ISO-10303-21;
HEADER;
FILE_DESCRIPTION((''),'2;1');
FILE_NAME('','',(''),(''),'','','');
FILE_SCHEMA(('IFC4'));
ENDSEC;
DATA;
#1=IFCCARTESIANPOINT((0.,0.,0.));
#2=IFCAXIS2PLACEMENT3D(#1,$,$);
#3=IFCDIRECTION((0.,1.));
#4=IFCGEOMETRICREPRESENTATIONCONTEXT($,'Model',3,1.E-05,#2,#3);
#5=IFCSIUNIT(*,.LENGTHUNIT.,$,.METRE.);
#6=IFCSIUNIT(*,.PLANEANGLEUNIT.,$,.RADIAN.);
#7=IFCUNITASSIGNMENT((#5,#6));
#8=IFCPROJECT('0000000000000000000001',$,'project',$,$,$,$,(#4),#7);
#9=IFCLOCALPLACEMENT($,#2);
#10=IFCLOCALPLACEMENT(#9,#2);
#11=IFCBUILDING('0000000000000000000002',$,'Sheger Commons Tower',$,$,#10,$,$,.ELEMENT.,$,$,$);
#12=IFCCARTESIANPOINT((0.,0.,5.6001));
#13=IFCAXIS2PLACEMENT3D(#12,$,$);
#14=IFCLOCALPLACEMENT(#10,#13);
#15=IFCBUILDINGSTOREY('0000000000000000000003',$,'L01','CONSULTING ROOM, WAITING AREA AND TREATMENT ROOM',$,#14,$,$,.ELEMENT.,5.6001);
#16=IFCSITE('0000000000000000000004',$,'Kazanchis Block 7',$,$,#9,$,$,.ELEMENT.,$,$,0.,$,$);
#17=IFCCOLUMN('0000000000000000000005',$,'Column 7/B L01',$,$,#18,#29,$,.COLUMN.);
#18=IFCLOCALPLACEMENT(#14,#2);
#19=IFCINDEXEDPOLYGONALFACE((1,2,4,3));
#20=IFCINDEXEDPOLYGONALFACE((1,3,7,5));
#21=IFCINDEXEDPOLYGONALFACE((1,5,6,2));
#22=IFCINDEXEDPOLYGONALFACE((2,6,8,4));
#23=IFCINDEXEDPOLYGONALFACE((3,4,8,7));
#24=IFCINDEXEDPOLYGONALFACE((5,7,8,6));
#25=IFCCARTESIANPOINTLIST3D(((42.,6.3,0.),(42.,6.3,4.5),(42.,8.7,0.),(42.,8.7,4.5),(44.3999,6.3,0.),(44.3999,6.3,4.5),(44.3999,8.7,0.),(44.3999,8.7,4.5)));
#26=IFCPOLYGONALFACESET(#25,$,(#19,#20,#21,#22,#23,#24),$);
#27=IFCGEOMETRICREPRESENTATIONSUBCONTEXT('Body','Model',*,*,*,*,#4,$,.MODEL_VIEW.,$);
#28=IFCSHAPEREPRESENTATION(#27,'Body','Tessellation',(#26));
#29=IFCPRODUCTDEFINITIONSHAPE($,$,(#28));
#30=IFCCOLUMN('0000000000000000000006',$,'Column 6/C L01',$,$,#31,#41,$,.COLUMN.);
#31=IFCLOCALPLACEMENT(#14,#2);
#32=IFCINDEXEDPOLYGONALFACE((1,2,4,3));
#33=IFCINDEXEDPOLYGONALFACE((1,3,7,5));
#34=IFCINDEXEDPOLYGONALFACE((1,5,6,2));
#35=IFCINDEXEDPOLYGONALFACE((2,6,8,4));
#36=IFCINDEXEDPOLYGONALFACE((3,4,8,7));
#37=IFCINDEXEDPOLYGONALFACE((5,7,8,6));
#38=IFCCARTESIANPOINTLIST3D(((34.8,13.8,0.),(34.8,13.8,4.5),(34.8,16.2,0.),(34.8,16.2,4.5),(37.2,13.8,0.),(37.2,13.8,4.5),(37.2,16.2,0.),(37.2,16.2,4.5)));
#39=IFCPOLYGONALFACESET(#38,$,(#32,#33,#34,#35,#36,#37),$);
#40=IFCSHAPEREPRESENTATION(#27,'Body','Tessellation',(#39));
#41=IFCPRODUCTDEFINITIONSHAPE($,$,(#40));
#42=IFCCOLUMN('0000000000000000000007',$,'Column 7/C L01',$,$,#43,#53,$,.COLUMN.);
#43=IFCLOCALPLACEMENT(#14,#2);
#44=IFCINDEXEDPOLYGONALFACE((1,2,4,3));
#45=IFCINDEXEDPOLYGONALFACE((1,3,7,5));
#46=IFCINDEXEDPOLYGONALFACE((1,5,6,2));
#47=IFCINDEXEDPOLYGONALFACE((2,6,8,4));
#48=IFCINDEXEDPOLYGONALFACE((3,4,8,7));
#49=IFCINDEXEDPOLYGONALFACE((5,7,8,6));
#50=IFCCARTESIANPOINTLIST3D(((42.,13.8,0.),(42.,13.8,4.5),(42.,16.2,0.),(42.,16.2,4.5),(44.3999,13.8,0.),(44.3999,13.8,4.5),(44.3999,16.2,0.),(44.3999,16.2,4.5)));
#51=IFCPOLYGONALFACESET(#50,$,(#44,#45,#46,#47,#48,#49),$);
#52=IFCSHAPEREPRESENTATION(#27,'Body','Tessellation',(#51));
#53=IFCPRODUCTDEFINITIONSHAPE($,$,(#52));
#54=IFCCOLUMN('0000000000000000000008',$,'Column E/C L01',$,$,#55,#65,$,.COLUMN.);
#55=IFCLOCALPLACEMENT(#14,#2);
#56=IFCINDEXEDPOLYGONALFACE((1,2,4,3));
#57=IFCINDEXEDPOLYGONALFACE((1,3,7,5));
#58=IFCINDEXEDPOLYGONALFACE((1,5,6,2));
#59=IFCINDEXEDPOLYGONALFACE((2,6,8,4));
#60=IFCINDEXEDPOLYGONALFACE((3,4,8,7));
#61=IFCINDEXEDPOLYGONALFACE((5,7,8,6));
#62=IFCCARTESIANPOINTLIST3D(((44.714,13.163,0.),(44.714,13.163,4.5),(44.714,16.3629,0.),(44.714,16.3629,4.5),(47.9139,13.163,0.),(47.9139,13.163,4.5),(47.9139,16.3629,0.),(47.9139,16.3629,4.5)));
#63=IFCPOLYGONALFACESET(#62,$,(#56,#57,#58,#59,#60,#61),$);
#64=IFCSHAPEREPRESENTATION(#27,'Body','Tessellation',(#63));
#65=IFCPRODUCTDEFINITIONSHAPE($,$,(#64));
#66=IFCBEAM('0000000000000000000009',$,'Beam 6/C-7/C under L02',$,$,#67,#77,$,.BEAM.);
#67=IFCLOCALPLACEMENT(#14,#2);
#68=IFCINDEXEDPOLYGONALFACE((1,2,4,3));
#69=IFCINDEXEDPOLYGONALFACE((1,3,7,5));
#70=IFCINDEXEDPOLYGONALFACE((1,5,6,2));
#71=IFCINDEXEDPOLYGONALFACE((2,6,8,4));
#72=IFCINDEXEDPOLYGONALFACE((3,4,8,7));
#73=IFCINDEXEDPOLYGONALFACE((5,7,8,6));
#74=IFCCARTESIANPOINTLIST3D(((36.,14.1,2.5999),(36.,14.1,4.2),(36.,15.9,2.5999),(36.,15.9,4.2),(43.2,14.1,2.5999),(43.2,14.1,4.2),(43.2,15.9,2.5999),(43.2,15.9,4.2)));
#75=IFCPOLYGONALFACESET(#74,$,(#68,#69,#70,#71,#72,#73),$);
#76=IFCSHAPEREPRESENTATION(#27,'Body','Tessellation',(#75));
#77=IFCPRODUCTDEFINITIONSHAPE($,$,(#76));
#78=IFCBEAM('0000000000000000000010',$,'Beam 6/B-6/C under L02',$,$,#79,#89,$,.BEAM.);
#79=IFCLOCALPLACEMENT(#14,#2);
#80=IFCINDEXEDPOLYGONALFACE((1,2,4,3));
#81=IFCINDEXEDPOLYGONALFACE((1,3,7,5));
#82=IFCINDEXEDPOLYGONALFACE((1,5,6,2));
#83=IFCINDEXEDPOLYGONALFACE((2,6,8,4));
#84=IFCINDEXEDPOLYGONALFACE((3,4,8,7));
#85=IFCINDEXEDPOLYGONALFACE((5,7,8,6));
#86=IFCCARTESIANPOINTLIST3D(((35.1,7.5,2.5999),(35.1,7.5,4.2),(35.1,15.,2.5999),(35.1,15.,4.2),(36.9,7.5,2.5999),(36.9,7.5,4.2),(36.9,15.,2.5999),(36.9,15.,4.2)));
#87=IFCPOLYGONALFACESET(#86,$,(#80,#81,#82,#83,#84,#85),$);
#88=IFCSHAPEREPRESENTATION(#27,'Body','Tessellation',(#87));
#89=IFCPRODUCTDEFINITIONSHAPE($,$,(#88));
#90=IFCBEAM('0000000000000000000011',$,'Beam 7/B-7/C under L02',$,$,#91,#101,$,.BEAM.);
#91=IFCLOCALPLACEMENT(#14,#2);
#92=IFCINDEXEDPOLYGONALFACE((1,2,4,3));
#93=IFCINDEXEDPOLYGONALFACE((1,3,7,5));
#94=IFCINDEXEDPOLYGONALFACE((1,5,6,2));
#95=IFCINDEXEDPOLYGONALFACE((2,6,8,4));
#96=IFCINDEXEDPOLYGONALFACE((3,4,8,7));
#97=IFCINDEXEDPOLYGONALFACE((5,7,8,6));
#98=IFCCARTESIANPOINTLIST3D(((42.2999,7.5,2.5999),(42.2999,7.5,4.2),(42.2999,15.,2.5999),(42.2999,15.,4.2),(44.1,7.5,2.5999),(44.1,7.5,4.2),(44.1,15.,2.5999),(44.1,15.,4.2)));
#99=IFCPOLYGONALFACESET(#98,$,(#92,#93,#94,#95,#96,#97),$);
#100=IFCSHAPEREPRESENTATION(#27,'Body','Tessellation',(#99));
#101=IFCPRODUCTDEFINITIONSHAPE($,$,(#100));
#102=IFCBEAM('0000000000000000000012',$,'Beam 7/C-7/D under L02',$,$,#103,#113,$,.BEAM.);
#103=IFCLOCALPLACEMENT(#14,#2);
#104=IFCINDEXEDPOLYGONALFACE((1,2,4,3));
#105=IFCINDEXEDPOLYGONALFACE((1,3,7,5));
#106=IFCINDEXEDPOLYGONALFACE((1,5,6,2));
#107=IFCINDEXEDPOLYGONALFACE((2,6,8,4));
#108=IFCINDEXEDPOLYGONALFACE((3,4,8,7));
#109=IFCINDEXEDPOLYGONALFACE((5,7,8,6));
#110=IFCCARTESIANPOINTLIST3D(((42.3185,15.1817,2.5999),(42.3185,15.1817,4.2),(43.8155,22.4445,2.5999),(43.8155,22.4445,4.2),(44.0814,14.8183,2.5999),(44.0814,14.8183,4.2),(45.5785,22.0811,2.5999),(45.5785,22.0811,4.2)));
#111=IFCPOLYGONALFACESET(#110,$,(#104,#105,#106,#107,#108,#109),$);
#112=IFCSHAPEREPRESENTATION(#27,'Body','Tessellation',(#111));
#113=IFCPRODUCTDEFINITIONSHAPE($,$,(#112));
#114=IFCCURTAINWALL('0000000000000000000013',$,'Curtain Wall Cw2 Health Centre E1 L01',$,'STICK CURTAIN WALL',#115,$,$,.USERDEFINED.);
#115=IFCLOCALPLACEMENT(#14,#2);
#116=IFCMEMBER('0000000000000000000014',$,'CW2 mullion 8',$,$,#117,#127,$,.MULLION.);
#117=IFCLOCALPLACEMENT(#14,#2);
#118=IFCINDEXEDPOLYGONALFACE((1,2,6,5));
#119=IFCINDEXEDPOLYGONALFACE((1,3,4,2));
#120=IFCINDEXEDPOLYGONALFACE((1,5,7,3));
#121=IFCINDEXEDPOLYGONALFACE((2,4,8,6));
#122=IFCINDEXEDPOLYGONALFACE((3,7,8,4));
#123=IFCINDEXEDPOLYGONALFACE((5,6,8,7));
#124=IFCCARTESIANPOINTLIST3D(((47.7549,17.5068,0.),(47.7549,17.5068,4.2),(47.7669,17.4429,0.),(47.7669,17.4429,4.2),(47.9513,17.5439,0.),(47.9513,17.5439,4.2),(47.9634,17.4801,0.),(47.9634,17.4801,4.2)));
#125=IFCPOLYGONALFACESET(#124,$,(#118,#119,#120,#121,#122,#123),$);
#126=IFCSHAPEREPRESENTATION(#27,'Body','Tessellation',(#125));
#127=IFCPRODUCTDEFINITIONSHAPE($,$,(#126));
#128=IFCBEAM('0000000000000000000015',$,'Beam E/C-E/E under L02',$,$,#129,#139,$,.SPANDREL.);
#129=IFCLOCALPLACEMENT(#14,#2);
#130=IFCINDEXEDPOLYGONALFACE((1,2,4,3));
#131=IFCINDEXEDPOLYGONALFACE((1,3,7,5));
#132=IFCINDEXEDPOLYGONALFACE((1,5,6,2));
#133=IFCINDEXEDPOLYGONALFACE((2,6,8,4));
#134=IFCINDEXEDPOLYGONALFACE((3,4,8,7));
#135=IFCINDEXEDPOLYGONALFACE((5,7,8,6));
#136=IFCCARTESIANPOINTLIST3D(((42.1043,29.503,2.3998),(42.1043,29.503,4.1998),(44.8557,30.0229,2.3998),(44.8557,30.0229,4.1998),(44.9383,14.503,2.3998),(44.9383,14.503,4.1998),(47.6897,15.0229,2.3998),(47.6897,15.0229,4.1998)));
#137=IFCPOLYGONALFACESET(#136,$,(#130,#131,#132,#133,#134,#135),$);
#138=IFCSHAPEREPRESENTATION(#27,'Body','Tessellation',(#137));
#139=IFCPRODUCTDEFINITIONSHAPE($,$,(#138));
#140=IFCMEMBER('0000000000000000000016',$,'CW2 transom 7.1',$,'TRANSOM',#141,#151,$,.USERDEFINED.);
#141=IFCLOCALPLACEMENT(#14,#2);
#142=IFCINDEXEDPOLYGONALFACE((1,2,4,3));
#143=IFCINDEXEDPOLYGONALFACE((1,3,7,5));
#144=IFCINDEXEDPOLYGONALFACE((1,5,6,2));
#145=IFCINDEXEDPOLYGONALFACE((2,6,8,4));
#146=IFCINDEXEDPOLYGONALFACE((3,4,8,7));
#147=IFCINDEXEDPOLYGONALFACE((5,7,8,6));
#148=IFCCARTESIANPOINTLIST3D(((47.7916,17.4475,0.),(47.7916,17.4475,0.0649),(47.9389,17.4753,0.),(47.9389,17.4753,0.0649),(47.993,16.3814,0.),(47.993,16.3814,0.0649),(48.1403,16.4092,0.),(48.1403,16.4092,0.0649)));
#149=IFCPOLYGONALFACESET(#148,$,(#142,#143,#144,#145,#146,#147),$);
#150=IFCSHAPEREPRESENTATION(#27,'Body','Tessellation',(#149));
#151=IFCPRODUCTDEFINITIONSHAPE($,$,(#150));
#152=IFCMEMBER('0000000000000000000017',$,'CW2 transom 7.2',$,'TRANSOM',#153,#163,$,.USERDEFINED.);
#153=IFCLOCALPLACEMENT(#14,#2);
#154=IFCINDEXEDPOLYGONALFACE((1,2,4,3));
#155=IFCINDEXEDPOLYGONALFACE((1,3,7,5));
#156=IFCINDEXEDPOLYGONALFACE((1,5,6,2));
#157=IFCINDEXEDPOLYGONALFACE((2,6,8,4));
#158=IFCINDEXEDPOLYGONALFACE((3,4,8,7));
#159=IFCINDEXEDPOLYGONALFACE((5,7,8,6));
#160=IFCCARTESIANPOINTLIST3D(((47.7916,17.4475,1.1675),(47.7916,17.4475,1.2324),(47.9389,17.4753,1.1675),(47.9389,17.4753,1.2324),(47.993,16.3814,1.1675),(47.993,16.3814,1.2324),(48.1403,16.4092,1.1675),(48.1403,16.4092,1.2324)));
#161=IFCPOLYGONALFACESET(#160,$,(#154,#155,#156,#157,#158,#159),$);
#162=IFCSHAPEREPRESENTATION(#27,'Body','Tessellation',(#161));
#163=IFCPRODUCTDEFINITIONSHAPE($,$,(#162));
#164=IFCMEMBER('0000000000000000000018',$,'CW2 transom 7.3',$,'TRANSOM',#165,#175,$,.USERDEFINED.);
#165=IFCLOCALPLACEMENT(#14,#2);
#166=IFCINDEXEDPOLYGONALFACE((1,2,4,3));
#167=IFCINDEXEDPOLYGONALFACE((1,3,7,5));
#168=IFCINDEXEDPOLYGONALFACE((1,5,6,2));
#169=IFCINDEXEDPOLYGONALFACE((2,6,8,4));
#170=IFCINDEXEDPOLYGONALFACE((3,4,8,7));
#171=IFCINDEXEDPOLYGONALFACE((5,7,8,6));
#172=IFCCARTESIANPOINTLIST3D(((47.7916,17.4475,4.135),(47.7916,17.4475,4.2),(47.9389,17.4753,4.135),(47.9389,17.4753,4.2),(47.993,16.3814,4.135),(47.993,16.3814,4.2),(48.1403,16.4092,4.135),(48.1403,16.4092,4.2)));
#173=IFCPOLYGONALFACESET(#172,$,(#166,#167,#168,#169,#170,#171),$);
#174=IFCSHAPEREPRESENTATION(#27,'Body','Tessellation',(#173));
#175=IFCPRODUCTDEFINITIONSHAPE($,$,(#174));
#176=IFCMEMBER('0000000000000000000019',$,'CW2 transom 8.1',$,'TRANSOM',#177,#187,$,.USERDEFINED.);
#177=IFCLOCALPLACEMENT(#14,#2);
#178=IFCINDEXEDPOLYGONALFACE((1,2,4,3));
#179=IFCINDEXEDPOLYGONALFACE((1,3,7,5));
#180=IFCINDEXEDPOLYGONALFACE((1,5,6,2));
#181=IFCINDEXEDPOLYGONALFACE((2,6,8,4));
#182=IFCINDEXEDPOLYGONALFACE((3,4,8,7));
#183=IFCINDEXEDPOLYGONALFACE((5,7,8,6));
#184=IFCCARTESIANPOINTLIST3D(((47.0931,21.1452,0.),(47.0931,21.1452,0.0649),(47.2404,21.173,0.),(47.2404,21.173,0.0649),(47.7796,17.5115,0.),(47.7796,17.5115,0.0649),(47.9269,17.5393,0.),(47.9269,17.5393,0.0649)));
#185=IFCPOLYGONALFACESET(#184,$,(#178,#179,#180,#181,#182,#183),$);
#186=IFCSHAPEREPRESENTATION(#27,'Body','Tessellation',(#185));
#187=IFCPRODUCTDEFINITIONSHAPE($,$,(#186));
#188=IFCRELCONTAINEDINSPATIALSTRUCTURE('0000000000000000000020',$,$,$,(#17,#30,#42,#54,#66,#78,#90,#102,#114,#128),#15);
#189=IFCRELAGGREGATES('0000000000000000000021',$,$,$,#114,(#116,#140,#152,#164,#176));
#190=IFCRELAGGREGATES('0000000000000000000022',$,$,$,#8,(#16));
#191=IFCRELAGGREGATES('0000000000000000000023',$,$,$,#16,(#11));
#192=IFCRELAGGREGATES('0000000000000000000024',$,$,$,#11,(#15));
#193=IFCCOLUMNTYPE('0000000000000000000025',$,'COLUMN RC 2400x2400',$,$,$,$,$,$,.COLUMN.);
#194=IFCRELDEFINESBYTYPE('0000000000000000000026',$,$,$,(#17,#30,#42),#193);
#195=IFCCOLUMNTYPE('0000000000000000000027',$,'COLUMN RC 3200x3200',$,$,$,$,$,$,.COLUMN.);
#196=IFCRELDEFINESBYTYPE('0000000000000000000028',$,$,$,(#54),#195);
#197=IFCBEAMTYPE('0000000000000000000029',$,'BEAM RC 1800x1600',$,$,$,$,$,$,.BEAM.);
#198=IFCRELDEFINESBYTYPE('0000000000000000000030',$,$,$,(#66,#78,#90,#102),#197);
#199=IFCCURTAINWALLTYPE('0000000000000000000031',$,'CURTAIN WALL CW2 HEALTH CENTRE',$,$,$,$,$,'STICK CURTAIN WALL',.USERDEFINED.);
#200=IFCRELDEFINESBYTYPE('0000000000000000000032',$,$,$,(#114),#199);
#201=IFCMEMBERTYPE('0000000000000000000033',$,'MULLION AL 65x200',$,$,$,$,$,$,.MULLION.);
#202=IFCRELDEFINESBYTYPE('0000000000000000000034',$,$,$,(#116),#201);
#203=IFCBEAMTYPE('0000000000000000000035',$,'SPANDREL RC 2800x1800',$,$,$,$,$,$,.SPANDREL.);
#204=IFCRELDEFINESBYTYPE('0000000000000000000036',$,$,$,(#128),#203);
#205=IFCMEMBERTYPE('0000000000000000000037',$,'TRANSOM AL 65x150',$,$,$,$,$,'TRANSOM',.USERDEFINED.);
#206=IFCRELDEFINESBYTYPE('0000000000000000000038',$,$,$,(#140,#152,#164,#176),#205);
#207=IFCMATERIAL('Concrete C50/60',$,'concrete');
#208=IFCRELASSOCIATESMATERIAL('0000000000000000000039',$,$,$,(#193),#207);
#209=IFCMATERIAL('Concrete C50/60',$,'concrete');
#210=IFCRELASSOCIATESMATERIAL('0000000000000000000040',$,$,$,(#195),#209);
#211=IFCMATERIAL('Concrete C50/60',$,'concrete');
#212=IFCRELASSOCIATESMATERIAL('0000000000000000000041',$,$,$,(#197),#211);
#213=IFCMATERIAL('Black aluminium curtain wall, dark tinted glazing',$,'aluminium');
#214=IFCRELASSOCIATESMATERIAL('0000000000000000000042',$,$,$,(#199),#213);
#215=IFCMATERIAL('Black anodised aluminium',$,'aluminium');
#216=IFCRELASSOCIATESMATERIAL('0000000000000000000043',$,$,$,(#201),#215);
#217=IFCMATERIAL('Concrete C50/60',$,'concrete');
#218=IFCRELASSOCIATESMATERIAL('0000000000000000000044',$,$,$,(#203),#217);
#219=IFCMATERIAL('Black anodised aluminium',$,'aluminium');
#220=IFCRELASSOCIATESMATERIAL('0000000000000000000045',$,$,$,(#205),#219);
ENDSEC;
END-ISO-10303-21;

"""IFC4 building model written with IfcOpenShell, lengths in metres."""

from ifc_helpers import new_model, si_unit, direction, frame, origin, origin_2d, place, context, subcontext, project, spatial, rectangle, extrude, material, material_profile, profile_set, type_object, element, aggregate, save


model = new_model("IFC4")

# Units and contexts
model_context = context("Model", 3, precision=1e-05, world=origin(), true_north=direction((0.0, 1.0)))
body_context = subcontext(model_context, "Body", "Model", "MODEL_VIEW")
ifc_project = project(units=[si_unit("LENGTHUNIT", "METRE"), si_unit("PLANEANGLEUNIT", "RADIAN")], contexts=[model_context])

# Site, building, storey
site_placement = place(None, origin())
site = spatial("IfcSite", under=ifc_project, at=site_placement, Name="Kazanchis Block 7", CompositionType="ELEMENT", RefElevation=0.0)
building_placement = place(site_placement, origin())
building = spatial("IfcBuilding", under=site, at=building_placement, Name="Sheger Commons Tower", CompositionType="ELEMENT")
storey_placement = place(building_placement, frame((0.0, 0.0, 5.6001)))
storey = spatial("IfcBuildingStorey", under=building, at=storey_placement, Name="L01", Description="CONSULTING ROOM, WAITING AREA AND TREATMENT ROOM", CompositionType="ELEMENT", Elevation=5.6001)

# Columns
ifc_material_1 = material(Name="Concrete C50/60", Category="concrete")
ifc_material_profile_1 = material_profile(ifc_material_1, rectangle(XDim=2.3999, YDim=2.3999, at=origin_2d()), Name="RC 2400x2400")
ifc_profile_set_1 = profile_set([ifc_material_profile_1], Name="Concrete C50/60")
column_type_1 = type_object("IfcColumnType", Name="COLUMN RC 2400x2400", PredefinedType="COLUMN", material=ifc_profile_set_1)
for number, where, z_axis, x_axis, name in (
    (1, (43.2, 7.5, 0.0), (0.0, 0.0, 1.0), (1.0, 0.0, 0.0), "Column 7/B L01"),
    (2, (36.0, 15.0, 0.0), (0.0, 0.0, 1.0), (1.0, 0.0, 0.0), "Column 6/C L01"),
    (3, (43.2, 15.0, 0.0), (0.0, 0.0, 1.0), (1.0, 0.0, 0.0), "Column 7/C L01"),
):
    element("IfcColumn", number, at=place(storey_placement, frame(where, z_axis=z_axis, x_axis=x_axis)), inside=storey, type_object=column_type_1, Name=name, PredefinedType="COLUMN", context=body_context, shape_type="SweptSolid", body=[
        extrude(rectangle(XDim=2.3999, YDim=2.3999, at=origin_2d()), origin(), (0.0, 0.0, 1.0), 4.5),
    ])
ifc_material_2 = material(Name="Concrete C50/60", Category="concrete")
ifc_material_profile_2 = material_profile(ifc_material_2, rectangle(XDim=3.2, YDim=3.2, at=origin_2d()), Name="RC 3200x3200")
ifc_profile_set_2 = profile_set([ifc_material_profile_2], Name="Concrete C50/60")
column_type_2 = type_object("IfcColumnType", Name="COLUMN RC 3200x3200", PredefinedType="COLUMN", material=ifc_profile_set_2)
column_placement = place(storey_placement, frame((46.314, 14.7629, 0.0), z_axis=(0.0, 0.0, 1.0), x_axis=(1.0, 0.0, 0.0)))
element("IfcColumn", 4, at=column_placement, inside=storey, type_object=column_type_2, Name="Column E/C L01", PredefinedType="COLUMN", context=body_context, shape_type="SweptSolid", body=[
    extrude(rectangle(XDim=3.2, YDim=3.2, at=origin_2d()), origin(), (0.0, 0.0, 1.0), 4.5),
])

# Beams
ifc_material_3 = material(Name="Concrete C50/60", Category="concrete")
ifc_material_profile_3 = material_profile(ifc_material_3, rectangle(XDim=1.8, YDim=1.6001, at=origin_2d()), Name="RC 1800x1600")
ifc_profile_set_3 = profile_set([ifc_material_profile_3], Name="Concrete C50/60")
beam_type_1 = type_object("IfcBeamType", Name="BEAM RC 1800x1600", PredefinedType="BEAM", material=ifc_profile_set_3)
beam_1_placement = place(storey_placement, frame((36.0, 15.0, 3.3999), z_axis=(1.0, 0.0, 0.0), x_axis=(0.0, 1.0, 0.0)))
element("IfcBeam", 5, at=beam_1_placement, inside=storey, type_object=beam_type_1, Name="Beam 6/C-7/C under L02", PredefinedType="BEAM", context=body_context, shape_type="SweptSolid", body=[
    extrude(rectangle(XDim=1.8, YDim=1.6001, at=origin_2d()), origin(), (0.0, 0.0, 1.0), 7.2),
])
for number, where, z_axis, x_axis, name in (
    (6, (36.0, 7.5, 3.3999), (0.0, 1.0, 0.0), (-1.0, 0.0, 0.0), "Beam 6/B-6/C under L02"),
    (7, (43.2, 7.5, 3.3999), (0.0, 1.0, 0.0), (-1.0, 0.0, 0.0), "Beam 7/B-7/C under L02"),
):
    element("IfcBeam", number, at=place(storey_placement, frame(where, z_axis=z_axis, x_axis=x_axis)), inside=storey, type_object=beam_type_1, Name=name, PredefinedType="BEAM", context=body_context, shape_type="SweptSolid", body=[
        extrude(rectangle(XDim=1.8, YDim=1.6001, at=origin_2d()), origin(), (0.0, 0.0, 1.0), 7.5),
    ])
beam_2_placement = place(storey_placement, frame((43.2, 15.0, 3.3999), z_axis=(0.201881, 0.97941, 0.0), x_axis=(-0.97941, 0.201881, 0.0)))
element("IfcBeam", 8, at=beam_2_placement, inside=storey, type_object=beam_type_1, Name="Beam 7/C-7/D under L02", PredefinedType="BEAM", context=body_context, shape_type="SweptSolid", body=[
    extrude(rectangle(XDim=1.8, YDim=1.6001, at=origin_2d()), origin(), (0.0, 0.0, 1.0), 7.4155),
])

# Curtain wall, member
ifc_material_4 = material(Name="Black aluminium curtain wall, dark tinted glazing", Category="aluminium")
curtain_wall_type = type_object("IfcCurtainWallType", Name="CURTAIN WALL CW2 HEALTH CENTRE", ElementType="STICK CURTAIN WALL", PredefinedType="USERDEFINED", material=ifc_material_4)
curtain_wall_placement = place(storey_placement, origin())
curtain_wall = element("IfcCurtainWall", 9, at=curtain_wall_placement, inside=storey, type_object=curtain_wall_type, Name="Curtain Wall Cw2 Health Centre E1 L01", ObjectType="STICK CURTAIN WALL", PredefinedType="USERDEFINED")
ifc_material_5 = material(Name="Black anodised aluminium", Category="aluminium")
ifc_material_profile_4 = material_profile(ifc_material_5, rectangle(XDim=0.2, YDim=0.0649, at=origin_2d()), Name="AL 65x200")
ifc_profile_set_4 = profile_set([ifc_material_profile_4], Name="Black anodised aluminium")
member_type_1 = type_object("IfcMemberType", Name="MULLION AL 65x200", PredefinedType="MULLION", material=ifc_profile_set_4)
member_1_placement = place(storey_placement, frame((47.8591, 17.4934, 0.0), z_axis=(0.0, 0.0, 1.0), x_axis=(-0.982624, -0.18561, 0.0)))
member_1 = element("IfcMember", 10, at=member_1_placement, type_object=member_type_1, Name="CW2 mullion 8", PredefinedType="MULLION", context=body_context, shape_type="SweptSolid", body=[
    extrude(rectangle(XDim=0.2, YDim=0.0649, at=origin_2d()), origin(), (0.0, 0.0, 1.0), 4.2),
])

# Beam
ifc_material_6 = material(Name="Concrete C50/60", Category="concrete")
ifc_material_profile_5 = material_profile(ifc_material_6, rectangle(XDim=2.8, YDim=1.8, at=origin_2d()), Name="RC 2800x1800")
ifc_profile_set_5 = profile_set([ifc_material_profile_5], Name="Concrete C50/60")
beam_type_2 = type_object("IfcBeamType", Name="SPANDREL RC 2800x1800", PredefinedType="SPANDREL", material=ifc_profile_set_5)
beam_3_placement = place(storey_placement, frame((46.314, 14.7629, 3.2998), z_axis=(-0.185648, 0.982616, 0.0), x_axis=(-0.982616, -0.185648, 0.0)))
element("IfcBeam", 11, at=beam_3_placement, inside=storey, type_object=beam_type_2, Name="Beam E/C-E/E under L02", PredefinedType="SPANDREL", context=body_context, shape_type="SweptSolid", body=[
    extrude(rectangle(XDim=2.8, YDim=1.8, at=origin_2d()), origin(), (0.0, 0.0, 1.0), 15.2654),
])

# Members
ifc_material_7 = material(Name="Black anodised aluminium", Category="aluminium")
ifc_material_profile_6 = material_profile(ifc_material_7, rectangle(XDim=0.1499, YDim=0.0649, at=origin_2d()), Name="AL 65x150")
ifc_profile_set_6 = profile_set([ifc_material_profile_6], Name="Black anodised aluminium")
member_type_2 = type_object("IfcMemberType", Name="TRANSOM AL 65x150", ElementType="TRANSOM", PredefinedType="USERDEFINED", material=ifc_profile_set_6)
member_2_placement = place(storey_placement, frame((48.0667, 16.3953, 0.0325), z_axis=(-0.185633, 0.982619, 0.0), x_axis=(-0.982619, -0.185633, 0.0)))
member_2 = element("IfcMember", 12, at=member_2_placement, type_object=member_type_2, Name="CW2 transom 7.1", ObjectType="TRANSOM", PredefinedType="USERDEFINED", context=body_context, shape_type="SweptSolid", body=[
    extrude(rectangle(XDim=0.1499, YDim=0.0649, at=origin_2d()), origin(), (0.0, 0.0, 1.0), 1.085),
])
member_3_placement = place(storey_placement, frame((48.0667, 16.3953, 1.2), z_axis=(-0.185633, 0.982619, 0.0), x_axis=(-0.982619, -0.185633, 0.0)))
member_3 = element("IfcMember", 13, at=member_3_placement, type_object=member_type_2, Name="CW2 transom 7.2", ObjectType="TRANSOM", PredefinedType="USERDEFINED", context=body_context, shape_type="SweptSolid", body=[
    extrude(rectangle(XDim=0.1499, YDim=0.0649, at=origin_2d()), origin(), (0.0, 0.0, 1.0), 1.085),
])
member_4_placement = place(storey_placement, frame((48.0667, 16.3953, 4.1675), z_axis=(-0.185633, 0.982619, 0.0), x_axis=(-0.982619, -0.185633, 0.0)))
member_4 = element("IfcMember", 14, at=member_4_placement, type_object=member_type_2, Name="CW2 transom 7.3", ObjectType="TRANSOM", PredefinedType="USERDEFINED", context=body_context, shape_type="SweptSolid", body=[
    extrude(rectangle(XDim=0.1499, YDim=0.0649, at=origin_2d()), origin(), (0.0, 0.0, 1.0), 1.085),
])
member_5_placement = place(storey_placement, frame((47.8533, 17.5254, 0.0325), z_axis=(-0.185644, 0.982617, 0.0), x_axis=(-0.982617, -0.185644, 0.0)))
member_5 = element("IfcMember", 15, at=member_5_placement, type_object=member_type_2, Name="CW2 transom 8.1", ObjectType="TRANSOM", PredefinedType="USERDEFINED", context=body_context, shape_type="SweptSolid", body=[
    extrude(rectangle(XDim=0.1499, YDim=0.0649, at=origin_2d()), origin(), (0.0, 0.0, 1.0), 3.698),
])

aggregate(curtain_wall, [member_1, member_2, member_3, member_4, member_5])

save(model, "model.ifc")
